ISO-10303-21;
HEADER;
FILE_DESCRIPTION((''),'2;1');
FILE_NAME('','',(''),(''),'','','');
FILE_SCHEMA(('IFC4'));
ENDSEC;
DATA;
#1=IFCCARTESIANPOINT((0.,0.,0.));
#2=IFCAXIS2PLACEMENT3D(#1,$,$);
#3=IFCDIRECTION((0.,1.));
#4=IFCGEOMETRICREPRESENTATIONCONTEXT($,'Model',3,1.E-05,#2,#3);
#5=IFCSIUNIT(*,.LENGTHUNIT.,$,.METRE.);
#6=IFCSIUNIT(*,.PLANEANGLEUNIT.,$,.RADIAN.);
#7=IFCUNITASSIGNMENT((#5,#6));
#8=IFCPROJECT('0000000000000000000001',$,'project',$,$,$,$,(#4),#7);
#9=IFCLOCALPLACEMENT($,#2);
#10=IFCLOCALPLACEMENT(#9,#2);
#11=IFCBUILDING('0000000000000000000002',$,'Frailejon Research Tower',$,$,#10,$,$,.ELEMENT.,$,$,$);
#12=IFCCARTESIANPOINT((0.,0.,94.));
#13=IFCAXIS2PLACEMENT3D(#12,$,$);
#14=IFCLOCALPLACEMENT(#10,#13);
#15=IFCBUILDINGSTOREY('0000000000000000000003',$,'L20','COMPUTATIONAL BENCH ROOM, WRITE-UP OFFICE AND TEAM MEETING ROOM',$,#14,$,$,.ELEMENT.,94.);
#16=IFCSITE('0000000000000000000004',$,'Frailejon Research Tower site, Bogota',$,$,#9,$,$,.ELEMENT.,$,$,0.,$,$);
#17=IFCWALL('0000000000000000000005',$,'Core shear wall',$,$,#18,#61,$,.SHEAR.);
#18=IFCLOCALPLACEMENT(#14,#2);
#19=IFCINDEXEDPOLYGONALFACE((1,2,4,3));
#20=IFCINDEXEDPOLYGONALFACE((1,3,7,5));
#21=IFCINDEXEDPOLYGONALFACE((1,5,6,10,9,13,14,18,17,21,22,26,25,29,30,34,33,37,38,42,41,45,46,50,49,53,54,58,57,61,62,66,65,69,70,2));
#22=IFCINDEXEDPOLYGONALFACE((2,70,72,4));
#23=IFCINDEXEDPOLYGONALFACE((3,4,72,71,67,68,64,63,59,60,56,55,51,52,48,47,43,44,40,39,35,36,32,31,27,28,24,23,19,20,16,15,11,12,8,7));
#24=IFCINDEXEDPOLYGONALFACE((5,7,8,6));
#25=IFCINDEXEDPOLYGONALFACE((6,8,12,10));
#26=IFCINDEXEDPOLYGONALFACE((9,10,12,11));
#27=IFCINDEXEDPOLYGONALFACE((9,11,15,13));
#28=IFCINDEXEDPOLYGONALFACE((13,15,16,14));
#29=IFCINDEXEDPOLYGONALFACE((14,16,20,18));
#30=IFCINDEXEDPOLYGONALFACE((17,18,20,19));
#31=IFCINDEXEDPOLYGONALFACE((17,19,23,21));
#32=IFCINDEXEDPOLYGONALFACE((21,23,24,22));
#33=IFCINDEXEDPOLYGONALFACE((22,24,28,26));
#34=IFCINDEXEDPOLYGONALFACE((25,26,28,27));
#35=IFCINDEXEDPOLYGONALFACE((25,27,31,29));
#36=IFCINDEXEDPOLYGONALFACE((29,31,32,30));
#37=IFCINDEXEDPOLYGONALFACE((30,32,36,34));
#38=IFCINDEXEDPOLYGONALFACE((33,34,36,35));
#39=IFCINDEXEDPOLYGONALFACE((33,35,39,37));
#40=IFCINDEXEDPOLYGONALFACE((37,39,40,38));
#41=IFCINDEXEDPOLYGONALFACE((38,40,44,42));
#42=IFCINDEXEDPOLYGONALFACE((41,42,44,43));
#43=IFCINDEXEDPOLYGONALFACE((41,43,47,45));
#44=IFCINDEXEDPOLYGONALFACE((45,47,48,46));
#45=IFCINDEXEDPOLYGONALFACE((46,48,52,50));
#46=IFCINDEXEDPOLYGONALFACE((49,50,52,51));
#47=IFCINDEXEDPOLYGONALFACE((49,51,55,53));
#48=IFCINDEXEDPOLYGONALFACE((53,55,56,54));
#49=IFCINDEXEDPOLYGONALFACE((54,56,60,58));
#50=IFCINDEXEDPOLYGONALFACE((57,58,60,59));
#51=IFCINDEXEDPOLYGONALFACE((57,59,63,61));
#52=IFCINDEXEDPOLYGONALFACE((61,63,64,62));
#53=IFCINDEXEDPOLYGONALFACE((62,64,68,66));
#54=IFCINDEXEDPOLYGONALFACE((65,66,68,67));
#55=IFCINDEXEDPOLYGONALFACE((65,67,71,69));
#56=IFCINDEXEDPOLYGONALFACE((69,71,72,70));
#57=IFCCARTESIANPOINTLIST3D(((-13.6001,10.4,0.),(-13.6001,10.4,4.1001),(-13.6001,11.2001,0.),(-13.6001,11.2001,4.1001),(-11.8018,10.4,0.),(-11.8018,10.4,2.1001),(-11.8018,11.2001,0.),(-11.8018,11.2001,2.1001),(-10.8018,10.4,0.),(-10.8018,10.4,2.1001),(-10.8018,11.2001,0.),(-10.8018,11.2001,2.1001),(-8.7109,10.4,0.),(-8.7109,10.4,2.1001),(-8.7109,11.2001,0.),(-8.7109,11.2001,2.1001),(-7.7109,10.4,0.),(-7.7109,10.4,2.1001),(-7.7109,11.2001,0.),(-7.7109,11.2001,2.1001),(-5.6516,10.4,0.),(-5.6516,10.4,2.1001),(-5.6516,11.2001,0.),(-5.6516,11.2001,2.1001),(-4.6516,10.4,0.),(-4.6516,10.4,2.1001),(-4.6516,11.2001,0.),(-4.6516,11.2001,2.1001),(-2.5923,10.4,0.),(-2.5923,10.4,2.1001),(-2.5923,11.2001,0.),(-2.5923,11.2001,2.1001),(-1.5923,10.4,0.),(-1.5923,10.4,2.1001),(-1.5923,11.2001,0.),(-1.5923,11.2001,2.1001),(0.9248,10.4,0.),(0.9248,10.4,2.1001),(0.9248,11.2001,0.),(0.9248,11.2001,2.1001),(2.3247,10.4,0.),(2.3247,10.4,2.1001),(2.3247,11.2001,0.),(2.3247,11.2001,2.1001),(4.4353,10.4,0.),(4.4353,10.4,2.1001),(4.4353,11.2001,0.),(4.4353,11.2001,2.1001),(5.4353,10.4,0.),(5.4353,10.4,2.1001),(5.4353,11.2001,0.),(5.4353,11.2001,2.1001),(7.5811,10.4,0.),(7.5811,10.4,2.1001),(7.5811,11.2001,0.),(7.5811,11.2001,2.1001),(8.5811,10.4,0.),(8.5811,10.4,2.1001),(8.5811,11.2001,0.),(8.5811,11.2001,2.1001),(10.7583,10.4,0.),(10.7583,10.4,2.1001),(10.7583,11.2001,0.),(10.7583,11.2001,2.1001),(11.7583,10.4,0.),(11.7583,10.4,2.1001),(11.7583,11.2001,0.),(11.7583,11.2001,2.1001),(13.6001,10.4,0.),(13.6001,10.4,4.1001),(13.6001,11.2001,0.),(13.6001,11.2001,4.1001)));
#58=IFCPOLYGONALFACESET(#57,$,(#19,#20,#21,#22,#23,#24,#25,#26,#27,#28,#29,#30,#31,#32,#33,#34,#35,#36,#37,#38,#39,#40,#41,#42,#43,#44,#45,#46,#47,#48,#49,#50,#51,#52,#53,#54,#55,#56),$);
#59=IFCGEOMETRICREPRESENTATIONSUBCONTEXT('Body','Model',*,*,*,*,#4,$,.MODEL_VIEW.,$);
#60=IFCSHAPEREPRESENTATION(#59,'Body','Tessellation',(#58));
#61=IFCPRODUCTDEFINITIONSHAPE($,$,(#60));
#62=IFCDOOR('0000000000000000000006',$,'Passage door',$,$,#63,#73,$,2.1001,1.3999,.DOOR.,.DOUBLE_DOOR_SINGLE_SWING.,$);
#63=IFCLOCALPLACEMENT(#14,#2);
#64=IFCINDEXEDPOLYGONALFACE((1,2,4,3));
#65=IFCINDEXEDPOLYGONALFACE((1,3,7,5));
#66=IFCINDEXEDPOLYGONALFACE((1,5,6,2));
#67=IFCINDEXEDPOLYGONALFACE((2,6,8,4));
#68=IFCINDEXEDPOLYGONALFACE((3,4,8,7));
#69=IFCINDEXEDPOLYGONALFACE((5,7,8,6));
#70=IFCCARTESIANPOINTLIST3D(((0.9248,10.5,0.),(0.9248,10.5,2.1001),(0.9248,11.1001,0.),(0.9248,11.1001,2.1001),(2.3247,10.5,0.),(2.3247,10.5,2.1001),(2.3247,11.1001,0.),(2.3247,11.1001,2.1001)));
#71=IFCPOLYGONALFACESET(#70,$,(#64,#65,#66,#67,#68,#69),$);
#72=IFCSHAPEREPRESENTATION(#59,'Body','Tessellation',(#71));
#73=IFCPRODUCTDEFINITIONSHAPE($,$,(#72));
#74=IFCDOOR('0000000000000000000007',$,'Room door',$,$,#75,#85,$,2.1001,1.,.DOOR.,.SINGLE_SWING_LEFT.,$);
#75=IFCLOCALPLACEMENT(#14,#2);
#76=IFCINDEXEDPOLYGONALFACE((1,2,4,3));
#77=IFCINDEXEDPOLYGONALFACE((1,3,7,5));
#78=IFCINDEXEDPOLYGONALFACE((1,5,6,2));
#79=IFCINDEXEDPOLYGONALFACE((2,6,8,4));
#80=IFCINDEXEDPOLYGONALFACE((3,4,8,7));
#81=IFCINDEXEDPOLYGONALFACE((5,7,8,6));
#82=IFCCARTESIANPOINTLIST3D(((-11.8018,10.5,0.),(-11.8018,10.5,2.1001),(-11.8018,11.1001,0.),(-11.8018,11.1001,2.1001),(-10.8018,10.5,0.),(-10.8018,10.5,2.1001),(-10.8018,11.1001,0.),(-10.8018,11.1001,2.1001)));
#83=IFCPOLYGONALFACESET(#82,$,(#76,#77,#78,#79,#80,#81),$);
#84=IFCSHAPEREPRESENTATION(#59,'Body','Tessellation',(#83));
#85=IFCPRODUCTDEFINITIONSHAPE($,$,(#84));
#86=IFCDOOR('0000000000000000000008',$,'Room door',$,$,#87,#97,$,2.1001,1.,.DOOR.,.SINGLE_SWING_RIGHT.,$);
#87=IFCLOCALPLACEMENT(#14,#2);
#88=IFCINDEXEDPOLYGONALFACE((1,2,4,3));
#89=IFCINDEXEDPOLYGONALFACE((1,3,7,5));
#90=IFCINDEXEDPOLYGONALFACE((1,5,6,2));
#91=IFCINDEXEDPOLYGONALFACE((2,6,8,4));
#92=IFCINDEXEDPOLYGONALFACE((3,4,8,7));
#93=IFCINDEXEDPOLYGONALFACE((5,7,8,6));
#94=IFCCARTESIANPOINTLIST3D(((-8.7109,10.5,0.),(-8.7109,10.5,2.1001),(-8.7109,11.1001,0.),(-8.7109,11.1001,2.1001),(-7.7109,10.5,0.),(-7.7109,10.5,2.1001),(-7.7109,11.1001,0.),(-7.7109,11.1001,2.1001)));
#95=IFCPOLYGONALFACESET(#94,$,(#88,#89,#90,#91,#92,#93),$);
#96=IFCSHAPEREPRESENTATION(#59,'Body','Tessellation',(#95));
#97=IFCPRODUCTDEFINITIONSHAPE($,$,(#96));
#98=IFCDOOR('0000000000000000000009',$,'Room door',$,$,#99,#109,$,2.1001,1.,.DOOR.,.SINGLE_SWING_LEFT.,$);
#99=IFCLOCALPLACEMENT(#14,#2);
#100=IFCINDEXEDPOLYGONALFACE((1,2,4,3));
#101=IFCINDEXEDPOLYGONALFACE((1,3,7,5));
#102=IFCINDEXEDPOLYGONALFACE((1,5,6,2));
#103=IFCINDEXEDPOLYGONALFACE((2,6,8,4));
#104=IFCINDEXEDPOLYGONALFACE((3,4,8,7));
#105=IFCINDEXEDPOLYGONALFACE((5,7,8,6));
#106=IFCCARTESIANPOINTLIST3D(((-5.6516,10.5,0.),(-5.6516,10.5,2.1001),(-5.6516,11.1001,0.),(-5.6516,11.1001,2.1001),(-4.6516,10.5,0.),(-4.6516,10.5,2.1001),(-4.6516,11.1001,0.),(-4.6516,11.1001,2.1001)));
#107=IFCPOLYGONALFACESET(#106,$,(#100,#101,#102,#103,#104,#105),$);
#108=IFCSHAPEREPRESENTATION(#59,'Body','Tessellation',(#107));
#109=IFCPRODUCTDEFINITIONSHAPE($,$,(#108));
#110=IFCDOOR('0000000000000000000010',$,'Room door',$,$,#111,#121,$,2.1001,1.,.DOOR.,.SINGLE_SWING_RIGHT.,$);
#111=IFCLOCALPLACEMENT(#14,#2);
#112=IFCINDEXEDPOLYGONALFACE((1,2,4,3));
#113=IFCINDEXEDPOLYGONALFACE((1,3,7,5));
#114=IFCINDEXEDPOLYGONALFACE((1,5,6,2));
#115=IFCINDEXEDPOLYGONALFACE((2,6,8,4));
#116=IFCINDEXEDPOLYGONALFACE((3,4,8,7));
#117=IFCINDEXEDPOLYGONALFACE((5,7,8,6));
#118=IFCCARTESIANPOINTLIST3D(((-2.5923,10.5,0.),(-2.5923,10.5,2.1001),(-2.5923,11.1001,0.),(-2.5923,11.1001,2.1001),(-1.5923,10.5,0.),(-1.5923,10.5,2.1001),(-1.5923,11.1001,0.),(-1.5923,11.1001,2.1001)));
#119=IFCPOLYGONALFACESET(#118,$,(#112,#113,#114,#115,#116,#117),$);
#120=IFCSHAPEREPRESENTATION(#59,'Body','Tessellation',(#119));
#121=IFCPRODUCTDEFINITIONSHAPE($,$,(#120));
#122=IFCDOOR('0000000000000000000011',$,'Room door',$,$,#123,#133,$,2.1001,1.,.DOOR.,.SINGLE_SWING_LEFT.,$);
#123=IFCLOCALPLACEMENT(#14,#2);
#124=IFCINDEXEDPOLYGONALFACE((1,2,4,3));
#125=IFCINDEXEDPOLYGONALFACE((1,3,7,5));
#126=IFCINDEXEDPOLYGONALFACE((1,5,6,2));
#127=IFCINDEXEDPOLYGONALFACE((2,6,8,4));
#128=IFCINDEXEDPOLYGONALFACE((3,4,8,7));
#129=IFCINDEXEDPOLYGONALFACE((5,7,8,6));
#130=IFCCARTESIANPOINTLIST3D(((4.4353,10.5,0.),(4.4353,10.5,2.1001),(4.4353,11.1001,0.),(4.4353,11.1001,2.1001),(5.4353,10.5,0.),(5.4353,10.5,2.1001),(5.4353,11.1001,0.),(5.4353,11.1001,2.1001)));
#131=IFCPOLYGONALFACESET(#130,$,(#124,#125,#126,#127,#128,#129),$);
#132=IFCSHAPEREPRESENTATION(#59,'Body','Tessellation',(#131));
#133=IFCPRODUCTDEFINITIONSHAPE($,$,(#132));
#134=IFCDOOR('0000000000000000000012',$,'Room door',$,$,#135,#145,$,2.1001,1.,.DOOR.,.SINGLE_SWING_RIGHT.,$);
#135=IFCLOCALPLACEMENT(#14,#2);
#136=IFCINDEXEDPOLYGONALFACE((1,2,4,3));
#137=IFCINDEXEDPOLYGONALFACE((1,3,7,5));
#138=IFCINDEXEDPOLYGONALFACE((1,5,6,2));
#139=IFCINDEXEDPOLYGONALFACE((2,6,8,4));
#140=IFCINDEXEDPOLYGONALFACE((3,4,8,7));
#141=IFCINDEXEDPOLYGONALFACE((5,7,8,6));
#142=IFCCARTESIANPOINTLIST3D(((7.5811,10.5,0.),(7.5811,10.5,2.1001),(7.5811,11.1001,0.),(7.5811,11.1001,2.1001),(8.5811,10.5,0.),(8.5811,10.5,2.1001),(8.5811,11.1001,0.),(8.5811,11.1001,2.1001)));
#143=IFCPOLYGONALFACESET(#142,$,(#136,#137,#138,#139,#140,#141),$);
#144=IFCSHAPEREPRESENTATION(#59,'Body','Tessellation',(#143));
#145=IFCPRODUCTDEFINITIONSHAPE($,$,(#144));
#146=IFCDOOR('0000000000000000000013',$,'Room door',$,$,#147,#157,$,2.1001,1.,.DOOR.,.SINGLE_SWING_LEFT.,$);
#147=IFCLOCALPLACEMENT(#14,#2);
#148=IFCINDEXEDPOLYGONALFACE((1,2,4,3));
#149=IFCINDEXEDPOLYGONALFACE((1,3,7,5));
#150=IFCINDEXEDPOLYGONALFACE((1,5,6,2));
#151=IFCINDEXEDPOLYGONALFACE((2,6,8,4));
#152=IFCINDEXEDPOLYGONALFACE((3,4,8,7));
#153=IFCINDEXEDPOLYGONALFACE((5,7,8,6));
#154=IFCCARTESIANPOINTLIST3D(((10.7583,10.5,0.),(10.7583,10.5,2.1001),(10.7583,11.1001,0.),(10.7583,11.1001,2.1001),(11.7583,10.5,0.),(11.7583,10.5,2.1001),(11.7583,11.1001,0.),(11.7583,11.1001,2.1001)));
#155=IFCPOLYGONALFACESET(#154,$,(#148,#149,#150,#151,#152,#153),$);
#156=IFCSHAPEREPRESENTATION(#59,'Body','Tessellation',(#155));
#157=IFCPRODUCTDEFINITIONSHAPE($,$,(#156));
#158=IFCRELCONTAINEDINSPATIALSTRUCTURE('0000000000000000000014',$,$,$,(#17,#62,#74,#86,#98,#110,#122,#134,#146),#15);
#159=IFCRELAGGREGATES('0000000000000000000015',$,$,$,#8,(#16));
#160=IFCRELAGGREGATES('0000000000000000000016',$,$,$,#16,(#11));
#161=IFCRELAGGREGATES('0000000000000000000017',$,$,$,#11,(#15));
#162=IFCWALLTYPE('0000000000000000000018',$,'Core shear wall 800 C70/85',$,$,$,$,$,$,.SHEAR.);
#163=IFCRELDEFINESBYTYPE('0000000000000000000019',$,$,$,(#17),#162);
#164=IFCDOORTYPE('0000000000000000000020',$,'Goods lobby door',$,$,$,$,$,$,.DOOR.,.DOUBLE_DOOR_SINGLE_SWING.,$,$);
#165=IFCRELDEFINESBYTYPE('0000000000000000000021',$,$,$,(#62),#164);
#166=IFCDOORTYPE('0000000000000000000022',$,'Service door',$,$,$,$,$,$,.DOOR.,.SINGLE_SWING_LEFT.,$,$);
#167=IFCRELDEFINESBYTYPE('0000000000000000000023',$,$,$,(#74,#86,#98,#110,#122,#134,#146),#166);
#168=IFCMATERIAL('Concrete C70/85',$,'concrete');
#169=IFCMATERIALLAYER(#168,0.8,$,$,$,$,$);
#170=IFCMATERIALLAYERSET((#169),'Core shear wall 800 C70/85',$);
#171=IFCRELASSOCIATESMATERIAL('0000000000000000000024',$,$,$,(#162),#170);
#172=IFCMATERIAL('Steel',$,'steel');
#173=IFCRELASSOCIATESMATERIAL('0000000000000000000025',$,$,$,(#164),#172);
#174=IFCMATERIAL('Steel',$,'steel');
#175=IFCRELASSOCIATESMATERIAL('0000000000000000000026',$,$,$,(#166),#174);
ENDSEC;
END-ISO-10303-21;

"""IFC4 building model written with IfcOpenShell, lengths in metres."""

from ifc_helpers import new_model, si_unit, direction, frame, frame_2d, origin, place, context, subcontext, project, spatial, rectangle, extrude, material, layer, layer_set, type_object, element, fill, save


model = new_model("IFC4")

# Units and contexts
model_context = context("Model", 3, precision=1e-05, world=origin(), true_north=direction((0.0, 1.0)))
body_context = subcontext(model_context, "Body", "Model", "MODEL_VIEW")
ifc_project = project(units=[si_unit("LENGTHUNIT", "METRE"), si_unit("PLANEANGLEUNIT", "RADIAN")], contexts=[model_context])

# Site, building, storey
site_placement = place(None, origin())
site = spatial("IfcSite", under=ifc_project, at=site_placement, Name="Frailejon Research Tower site, Bogota", CompositionType="ELEMENT", RefElevation=0.0)
building_placement = place(site_placement, origin())
building = spatial("IfcBuilding", under=site, at=building_placement, Name="Frailejon Research Tower", CompositionType="ELEMENT")
storey_placement = place(building_placement, frame((0.0, 0.0, 94.0)))
storey = spatial("IfcBuildingStorey", under=building, at=storey_placement, Name="L20", Description="COMPUTATIONAL BENCH ROOM, WRITE-UP OFFICE AND TEAM MEETING ROOM", CompositionType="ELEMENT", Elevation=94.0)

# Wall, openings, doors
ifc_material_1 = material(Name="Concrete C70/85", Category="concrete")
ifc_layer_1 = layer(ifc_material_1, 0.8)
ifc_layer_set_1 = layer_set([ifc_layer_1], Name="Core shear wall 800 C70/85")
wall_type_1 = type_object("IfcWallType", Name="Core shear wall 800 C70/85", PredefinedType="SHEAR", material=ifc_layer_set_1)
wall_1_placement = place(storey_placement, frame((-13.6001, 10.8, 0.0), z_axis=(0.0, 0.0, 1.0), x_axis=(1.0, 0.0, 0.0)))
wall_1 = element("IfcWall", 1, at=wall_1_placement, inside=storey, type_object=wall_type_1, Name="Core shear wall", PredefinedType="SHEAR", context=body_context, shape_type="SweptSolid", body=[
    extrude(rectangle(XDim=27.2002, YDim=0.8, at=frame_2d((13.6001, 0.0))), origin(), (0.0, 0.0, 1.0), 4.1001),
])
opening_1_placement = place(wall_1_placement, frame((1.7983, 0.0, 0.0)))
opening_1 = element("IfcOpeningElement", 2, at=opening_1_placement, cuts=wall_1, PredefinedType="OPENING", context=body_context, shape_type="SweptSolid", body=[
    extrude(rectangle(XDim=1.0, YDim=2.1001, at=frame_2d((0.5, 1.05))), frame((0.0, 0.4099, 0.0), z_axis=(0.0, -1.0, 0.0), x_axis=(1.0, 0.0, 0.0)), (0.0, 0.0, 1.0), 0.8201),
])
opening_2_placement = place(wall_1_placement, frame((4.8892, 0.0, 0.0)))
opening_2 = element("IfcOpeningElement", 3, at=opening_2_placement, cuts=wall_1, PredefinedType="OPENING", context=body_context, shape_type="SweptSolid", body=[
    extrude(rectangle(XDim=1.0, YDim=2.1001, at=frame_2d((0.5, 1.05))), frame((0.0, 0.4099, 0.0), z_axis=(0.0, -1.0, 0.0), x_axis=(1.0, 0.0, 0.0)), (0.0, 0.0, 1.0), 0.8201),
])
opening_3_placement = place(wall_1_placement, frame((7.9485, 0.0, 0.0)))
opening_3 = element("IfcOpeningElement", 4, at=opening_3_placement, cuts=wall_1, PredefinedType="OPENING", context=body_context, shape_type="SweptSolid", body=[
    extrude(rectangle(XDim=1.0, YDim=2.1001, at=frame_2d((0.5, 1.05))), frame((0.0, 0.4099, 0.0), z_axis=(0.0, -1.0, 0.0), x_axis=(1.0, 0.0, 0.0)), (0.0, 0.0, 1.0), 0.8201),
])
opening_4_placement = place(wall_1_placement, frame((11.0078, 0.0, 0.0)))
opening_4 = element("IfcOpeningElement", 5, at=opening_4_placement, cuts=wall_1, PredefinedType="OPENING", context=body_context, shape_type="SweptSolid", body=[
    extrude(rectangle(XDim=1.0, YDim=2.1001, at=frame_2d((0.5, 1.05))), frame((0.0, 0.4099, 0.0), z_axis=(0.0, -1.0, 0.0), x_axis=(1.0, 0.0, 0.0)), (0.0, 0.0, 1.0), 0.8201),
])
opening_5_placement = place(wall_1_placement, frame((18.0354, 0.0, 0.0)))
opening_5 = element("IfcOpeningElement", 6, at=opening_5_placement, cuts=wall_1, PredefinedType="OPENING", context=body_context, shape_type="SweptSolid", body=[
    extrude(rectangle(XDim=1.0, YDim=2.1001, at=frame_2d((0.5, 1.05))), frame((0.0, 0.4099, 0.0), z_axis=(0.0, -1.0, 0.0), x_axis=(1.0, 0.0, 0.0)), (0.0, 0.0, 1.0), 0.8201),
])
opening_6_placement = place(wall_1_placement, frame((21.1812, 0.0, 0.0)))
opening_6 = element("IfcOpeningElement", 7, at=opening_6_placement, cuts=wall_1, PredefinedType="OPENING", context=body_context, shape_type="SweptSolid", body=[
    extrude(rectangle(XDim=1.0, YDim=2.1001, at=frame_2d((0.5, 1.05))), frame((0.0, 0.4099, 0.0), z_axis=(0.0, -1.0, 0.0), x_axis=(1.0, 0.0, 0.0)), (0.0, 0.0, 1.0), 0.8201),
])
opening_7_placement = place(wall_1_placement, frame((24.3584, 0.0, 0.0)))
opening_7 = element("IfcOpeningElement", 8, at=opening_7_placement, cuts=wall_1, PredefinedType="OPENING", context=body_context, shape_type="SweptSolid", body=[
    extrude(rectangle(XDim=1.0, YDim=2.1001, at=frame_2d((0.5, 1.05))), frame((0.0, 0.4099, 0.0), z_axis=(0.0, -1.0, 0.0), x_axis=(1.0, 0.0, 0.0)), (0.0, 0.0, 1.0), 0.8201),
])
opening_8_placement = place(wall_1_placement, frame((14.5249, 0.0, 0.0)))
opening_8 = element("IfcOpeningElement", 9, at=opening_8_placement, cuts=wall_1, PredefinedType="OPENING", context=body_context, shape_type="SweptSolid", body=[
    extrude(rectangle(XDim=1.3999, YDim=2.1001, at=frame_2d((0.7, 1.05))), frame((0.0, 0.4099, 0.0), z_axis=(0.0, -1.0, 0.0), x_axis=(1.0, 0.0, 0.0)), (0.0, 0.0, 1.0), 0.8201),
])
ifc_material_2 = material(Name="Steel", Category="steel")
door_type_1 = type_object("IfcDoorType", Name="Goods lobby door", OperationType="DOUBLE_DOOR_SINGLE_SWING", PredefinedType="DOOR", material=ifc_material_2)
door_1_placement = place(opening_8_placement, origin())
door_1 = element("IfcDoor", 10, at=door_1_placement, inside=storey, type_object=door_type_1, Name="Passage door", OperationType="DOUBLE_DOOR_SINGLE_SWING", OverallHeight=2.1001, OverallWidth=1.3999, PredefinedType="DOOR", context=body_context, shape_type="SweptSolid", body=[
    extrude(rectangle(XDim=1.3999, YDim=2.1001, at=frame_2d((0.7, 1.05))), frame((0.0, 0.3, 0.0), z_axis=(0.0, -1.0, 0.0), x_axis=(1.0, 0.0, 0.0)), (0.0, 0.0, 1.0), 0.6001),
])
fill(opening_8, door_1)
ifc_material_3 = material(Name="Steel", Category="steel")
door_type_2 = type_object("IfcDoorType", Name="Service door", OperationType="SINGLE_SWING_LEFT", PredefinedType="DOOR", material=ifc_material_3)
door_2_placement = place(opening_1_placement, origin())
door_2 = element("IfcDoor", 11, at=door_2_placement, inside=storey, type_object=door_type_2, Name="Room door", OperationType="SINGLE_SWING_LEFT", OverallHeight=2.1001, OverallWidth=1.0, PredefinedType="DOOR", context=body_context, shape_type="SweptSolid", body=[
    extrude(rectangle(XDim=1.0, YDim=2.1001, at=frame_2d((0.5, 1.05))), frame((0.0, 0.3, 0.0), z_axis=(0.0, -1.0, 0.0), x_axis=(1.0, 0.0, 0.0)), (0.0, 0.0, 1.0), 0.6001),
])
fill(opening_1, door_2)
door_3_placement = place(opening_2_placement, origin())
door_3 = element("IfcDoor", 12, at=door_3_placement, inside=storey, type_object=door_type_2, Name="Room door", OperationType="SINGLE_SWING_RIGHT", OverallHeight=2.1001, OverallWidth=1.0, PredefinedType="DOOR", context=body_context, shape_type="SweptSolid", body=[
    extrude(rectangle(XDim=1.0, YDim=2.1001, at=frame_2d((0.5, 1.05))), frame((0.0, 0.3, 0.0), z_axis=(0.0, -1.0, 0.0), x_axis=(1.0, 0.0, 0.0)), (0.0, 0.0, 1.0), 0.6001),
])
fill(opening_2, door_3)
door_4_placement = place(opening_3_placement, origin())
door_4 = element("IfcDoor", 13, at=door_4_placement, inside=storey, type_object=door_type_2, Name="Room door", OperationType="SINGLE_SWING_LEFT", OverallHeight=2.1001, OverallWidth=1.0, PredefinedType="DOOR", context=body_context, shape_type="SweptSolid", body=[
    extrude(rectangle(XDim=1.0, YDim=2.1001, at=frame_2d((0.5, 1.05))), frame((0.0, 0.3, 0.0), z_axis=(0.0, -1.0, 0.0), x_axis=(1.0, 0.0, 0.0)), (0.0, 0.0, 1.0), 0.6001),
])
fill(opening_3, door_4)
door_5_placement = place(opening_4_placement, origin())
door_5 = element("IfcDoor", 14, at=door_5_placement, inside=storey, type_object=door_type_2, Name="Room door", OperationType="SINGLE_SWING_RIGHT", OverallHeight=2.1001, OverallWidth=1.0, PredefinedType="DOOR", context=body_context, shape_type="SweptSolid", body=[
    extrude(rectangle(XDim=1.0, YDim=2.1001, at=frame_2d((0.5, 1.05))), frame((0.0, 0.3, 0.0), z_axis=(0.0, -1.0, 0.0), x_axis=(1.0, 0.0, 0.0)), (0.0, 0.0, 1.0), 0.6001),
])
fill(opening_4, door_5)
door_6_placement = place(opening_5_placement, origin())
door_6 = element("IfcDoor", 15, at=door_6_placement, inside=storey, type_object=door_type_2, Name="Room door", OperationType="SINGLE_SWING_LEFT", OverallHeight=2.1001, OverallWidth=1.0, PredefinedType="DOOR", context=body_context, shape_type="SweptSolid", body=[
    extrude(rectangle(XDim=1.0, YDim=2.1001, at=frame_2d((0.5, 1.05))), frame((0.0, 0.3, 0.0), z_axis=(0.0, -1.0, 0.0), x_axis=(1.0, 0.0, 0.0)), (0.0, 0.0, 1.0), 0.6001),
])
fill(opening_5, door_6)
door_7_placement = place(opening_6_placement, origin())
door_7 = element("IfcDoor", 16, at=door_7_placement, inside=storey, type_object=door_type_2, Name="Room door", OperationType="SINGLE_SWING_RIGHT", OverallHeight=2.1001, OverallWidth=1.0, PredefinedType="DOOR", context=body_context, shape_type="SweptSolid", body=[
    extrude(rectangle(XDim=1.0, YDim=2.1001, at=frame_2d((0.5, 1.05))), frame((0.0, 0.3, 0.0), z_axis=(0.0, -1.0, 0.0), x_axis=(1.0, 0.0, 0.0)), (0.0, 0.0, 1.0), 0.6001),
])
fill(opening_6, door_7)
door_8_placement = place(opening_7_placement, origin())
door_8 = element("IfcDoor", 17, at=door_8_placement, inside=storey, type_object=door_type_2, Name="Room door", OperationType="SINGLE_SWING_LEFT", OverallHeight=2.1001, OverallWidth=1.0, PredefinedType="DOOR", context=body_context, shape_type="SweptSolid", body=[
    extrude(rectangle(XDim=1.0, YDim=2.1001, at=frame_2d((0.5, 1.05))), frame((0.0, 0.3, 0.0), z_axis=(0.0, -1.0, 0.0), x_axis=(1.0, 0.0, 0.0)), (0.0, 0.0, 1.0), 0.6001),
])
fill(opening_7, door_8)

save(model, "model.ifc")
